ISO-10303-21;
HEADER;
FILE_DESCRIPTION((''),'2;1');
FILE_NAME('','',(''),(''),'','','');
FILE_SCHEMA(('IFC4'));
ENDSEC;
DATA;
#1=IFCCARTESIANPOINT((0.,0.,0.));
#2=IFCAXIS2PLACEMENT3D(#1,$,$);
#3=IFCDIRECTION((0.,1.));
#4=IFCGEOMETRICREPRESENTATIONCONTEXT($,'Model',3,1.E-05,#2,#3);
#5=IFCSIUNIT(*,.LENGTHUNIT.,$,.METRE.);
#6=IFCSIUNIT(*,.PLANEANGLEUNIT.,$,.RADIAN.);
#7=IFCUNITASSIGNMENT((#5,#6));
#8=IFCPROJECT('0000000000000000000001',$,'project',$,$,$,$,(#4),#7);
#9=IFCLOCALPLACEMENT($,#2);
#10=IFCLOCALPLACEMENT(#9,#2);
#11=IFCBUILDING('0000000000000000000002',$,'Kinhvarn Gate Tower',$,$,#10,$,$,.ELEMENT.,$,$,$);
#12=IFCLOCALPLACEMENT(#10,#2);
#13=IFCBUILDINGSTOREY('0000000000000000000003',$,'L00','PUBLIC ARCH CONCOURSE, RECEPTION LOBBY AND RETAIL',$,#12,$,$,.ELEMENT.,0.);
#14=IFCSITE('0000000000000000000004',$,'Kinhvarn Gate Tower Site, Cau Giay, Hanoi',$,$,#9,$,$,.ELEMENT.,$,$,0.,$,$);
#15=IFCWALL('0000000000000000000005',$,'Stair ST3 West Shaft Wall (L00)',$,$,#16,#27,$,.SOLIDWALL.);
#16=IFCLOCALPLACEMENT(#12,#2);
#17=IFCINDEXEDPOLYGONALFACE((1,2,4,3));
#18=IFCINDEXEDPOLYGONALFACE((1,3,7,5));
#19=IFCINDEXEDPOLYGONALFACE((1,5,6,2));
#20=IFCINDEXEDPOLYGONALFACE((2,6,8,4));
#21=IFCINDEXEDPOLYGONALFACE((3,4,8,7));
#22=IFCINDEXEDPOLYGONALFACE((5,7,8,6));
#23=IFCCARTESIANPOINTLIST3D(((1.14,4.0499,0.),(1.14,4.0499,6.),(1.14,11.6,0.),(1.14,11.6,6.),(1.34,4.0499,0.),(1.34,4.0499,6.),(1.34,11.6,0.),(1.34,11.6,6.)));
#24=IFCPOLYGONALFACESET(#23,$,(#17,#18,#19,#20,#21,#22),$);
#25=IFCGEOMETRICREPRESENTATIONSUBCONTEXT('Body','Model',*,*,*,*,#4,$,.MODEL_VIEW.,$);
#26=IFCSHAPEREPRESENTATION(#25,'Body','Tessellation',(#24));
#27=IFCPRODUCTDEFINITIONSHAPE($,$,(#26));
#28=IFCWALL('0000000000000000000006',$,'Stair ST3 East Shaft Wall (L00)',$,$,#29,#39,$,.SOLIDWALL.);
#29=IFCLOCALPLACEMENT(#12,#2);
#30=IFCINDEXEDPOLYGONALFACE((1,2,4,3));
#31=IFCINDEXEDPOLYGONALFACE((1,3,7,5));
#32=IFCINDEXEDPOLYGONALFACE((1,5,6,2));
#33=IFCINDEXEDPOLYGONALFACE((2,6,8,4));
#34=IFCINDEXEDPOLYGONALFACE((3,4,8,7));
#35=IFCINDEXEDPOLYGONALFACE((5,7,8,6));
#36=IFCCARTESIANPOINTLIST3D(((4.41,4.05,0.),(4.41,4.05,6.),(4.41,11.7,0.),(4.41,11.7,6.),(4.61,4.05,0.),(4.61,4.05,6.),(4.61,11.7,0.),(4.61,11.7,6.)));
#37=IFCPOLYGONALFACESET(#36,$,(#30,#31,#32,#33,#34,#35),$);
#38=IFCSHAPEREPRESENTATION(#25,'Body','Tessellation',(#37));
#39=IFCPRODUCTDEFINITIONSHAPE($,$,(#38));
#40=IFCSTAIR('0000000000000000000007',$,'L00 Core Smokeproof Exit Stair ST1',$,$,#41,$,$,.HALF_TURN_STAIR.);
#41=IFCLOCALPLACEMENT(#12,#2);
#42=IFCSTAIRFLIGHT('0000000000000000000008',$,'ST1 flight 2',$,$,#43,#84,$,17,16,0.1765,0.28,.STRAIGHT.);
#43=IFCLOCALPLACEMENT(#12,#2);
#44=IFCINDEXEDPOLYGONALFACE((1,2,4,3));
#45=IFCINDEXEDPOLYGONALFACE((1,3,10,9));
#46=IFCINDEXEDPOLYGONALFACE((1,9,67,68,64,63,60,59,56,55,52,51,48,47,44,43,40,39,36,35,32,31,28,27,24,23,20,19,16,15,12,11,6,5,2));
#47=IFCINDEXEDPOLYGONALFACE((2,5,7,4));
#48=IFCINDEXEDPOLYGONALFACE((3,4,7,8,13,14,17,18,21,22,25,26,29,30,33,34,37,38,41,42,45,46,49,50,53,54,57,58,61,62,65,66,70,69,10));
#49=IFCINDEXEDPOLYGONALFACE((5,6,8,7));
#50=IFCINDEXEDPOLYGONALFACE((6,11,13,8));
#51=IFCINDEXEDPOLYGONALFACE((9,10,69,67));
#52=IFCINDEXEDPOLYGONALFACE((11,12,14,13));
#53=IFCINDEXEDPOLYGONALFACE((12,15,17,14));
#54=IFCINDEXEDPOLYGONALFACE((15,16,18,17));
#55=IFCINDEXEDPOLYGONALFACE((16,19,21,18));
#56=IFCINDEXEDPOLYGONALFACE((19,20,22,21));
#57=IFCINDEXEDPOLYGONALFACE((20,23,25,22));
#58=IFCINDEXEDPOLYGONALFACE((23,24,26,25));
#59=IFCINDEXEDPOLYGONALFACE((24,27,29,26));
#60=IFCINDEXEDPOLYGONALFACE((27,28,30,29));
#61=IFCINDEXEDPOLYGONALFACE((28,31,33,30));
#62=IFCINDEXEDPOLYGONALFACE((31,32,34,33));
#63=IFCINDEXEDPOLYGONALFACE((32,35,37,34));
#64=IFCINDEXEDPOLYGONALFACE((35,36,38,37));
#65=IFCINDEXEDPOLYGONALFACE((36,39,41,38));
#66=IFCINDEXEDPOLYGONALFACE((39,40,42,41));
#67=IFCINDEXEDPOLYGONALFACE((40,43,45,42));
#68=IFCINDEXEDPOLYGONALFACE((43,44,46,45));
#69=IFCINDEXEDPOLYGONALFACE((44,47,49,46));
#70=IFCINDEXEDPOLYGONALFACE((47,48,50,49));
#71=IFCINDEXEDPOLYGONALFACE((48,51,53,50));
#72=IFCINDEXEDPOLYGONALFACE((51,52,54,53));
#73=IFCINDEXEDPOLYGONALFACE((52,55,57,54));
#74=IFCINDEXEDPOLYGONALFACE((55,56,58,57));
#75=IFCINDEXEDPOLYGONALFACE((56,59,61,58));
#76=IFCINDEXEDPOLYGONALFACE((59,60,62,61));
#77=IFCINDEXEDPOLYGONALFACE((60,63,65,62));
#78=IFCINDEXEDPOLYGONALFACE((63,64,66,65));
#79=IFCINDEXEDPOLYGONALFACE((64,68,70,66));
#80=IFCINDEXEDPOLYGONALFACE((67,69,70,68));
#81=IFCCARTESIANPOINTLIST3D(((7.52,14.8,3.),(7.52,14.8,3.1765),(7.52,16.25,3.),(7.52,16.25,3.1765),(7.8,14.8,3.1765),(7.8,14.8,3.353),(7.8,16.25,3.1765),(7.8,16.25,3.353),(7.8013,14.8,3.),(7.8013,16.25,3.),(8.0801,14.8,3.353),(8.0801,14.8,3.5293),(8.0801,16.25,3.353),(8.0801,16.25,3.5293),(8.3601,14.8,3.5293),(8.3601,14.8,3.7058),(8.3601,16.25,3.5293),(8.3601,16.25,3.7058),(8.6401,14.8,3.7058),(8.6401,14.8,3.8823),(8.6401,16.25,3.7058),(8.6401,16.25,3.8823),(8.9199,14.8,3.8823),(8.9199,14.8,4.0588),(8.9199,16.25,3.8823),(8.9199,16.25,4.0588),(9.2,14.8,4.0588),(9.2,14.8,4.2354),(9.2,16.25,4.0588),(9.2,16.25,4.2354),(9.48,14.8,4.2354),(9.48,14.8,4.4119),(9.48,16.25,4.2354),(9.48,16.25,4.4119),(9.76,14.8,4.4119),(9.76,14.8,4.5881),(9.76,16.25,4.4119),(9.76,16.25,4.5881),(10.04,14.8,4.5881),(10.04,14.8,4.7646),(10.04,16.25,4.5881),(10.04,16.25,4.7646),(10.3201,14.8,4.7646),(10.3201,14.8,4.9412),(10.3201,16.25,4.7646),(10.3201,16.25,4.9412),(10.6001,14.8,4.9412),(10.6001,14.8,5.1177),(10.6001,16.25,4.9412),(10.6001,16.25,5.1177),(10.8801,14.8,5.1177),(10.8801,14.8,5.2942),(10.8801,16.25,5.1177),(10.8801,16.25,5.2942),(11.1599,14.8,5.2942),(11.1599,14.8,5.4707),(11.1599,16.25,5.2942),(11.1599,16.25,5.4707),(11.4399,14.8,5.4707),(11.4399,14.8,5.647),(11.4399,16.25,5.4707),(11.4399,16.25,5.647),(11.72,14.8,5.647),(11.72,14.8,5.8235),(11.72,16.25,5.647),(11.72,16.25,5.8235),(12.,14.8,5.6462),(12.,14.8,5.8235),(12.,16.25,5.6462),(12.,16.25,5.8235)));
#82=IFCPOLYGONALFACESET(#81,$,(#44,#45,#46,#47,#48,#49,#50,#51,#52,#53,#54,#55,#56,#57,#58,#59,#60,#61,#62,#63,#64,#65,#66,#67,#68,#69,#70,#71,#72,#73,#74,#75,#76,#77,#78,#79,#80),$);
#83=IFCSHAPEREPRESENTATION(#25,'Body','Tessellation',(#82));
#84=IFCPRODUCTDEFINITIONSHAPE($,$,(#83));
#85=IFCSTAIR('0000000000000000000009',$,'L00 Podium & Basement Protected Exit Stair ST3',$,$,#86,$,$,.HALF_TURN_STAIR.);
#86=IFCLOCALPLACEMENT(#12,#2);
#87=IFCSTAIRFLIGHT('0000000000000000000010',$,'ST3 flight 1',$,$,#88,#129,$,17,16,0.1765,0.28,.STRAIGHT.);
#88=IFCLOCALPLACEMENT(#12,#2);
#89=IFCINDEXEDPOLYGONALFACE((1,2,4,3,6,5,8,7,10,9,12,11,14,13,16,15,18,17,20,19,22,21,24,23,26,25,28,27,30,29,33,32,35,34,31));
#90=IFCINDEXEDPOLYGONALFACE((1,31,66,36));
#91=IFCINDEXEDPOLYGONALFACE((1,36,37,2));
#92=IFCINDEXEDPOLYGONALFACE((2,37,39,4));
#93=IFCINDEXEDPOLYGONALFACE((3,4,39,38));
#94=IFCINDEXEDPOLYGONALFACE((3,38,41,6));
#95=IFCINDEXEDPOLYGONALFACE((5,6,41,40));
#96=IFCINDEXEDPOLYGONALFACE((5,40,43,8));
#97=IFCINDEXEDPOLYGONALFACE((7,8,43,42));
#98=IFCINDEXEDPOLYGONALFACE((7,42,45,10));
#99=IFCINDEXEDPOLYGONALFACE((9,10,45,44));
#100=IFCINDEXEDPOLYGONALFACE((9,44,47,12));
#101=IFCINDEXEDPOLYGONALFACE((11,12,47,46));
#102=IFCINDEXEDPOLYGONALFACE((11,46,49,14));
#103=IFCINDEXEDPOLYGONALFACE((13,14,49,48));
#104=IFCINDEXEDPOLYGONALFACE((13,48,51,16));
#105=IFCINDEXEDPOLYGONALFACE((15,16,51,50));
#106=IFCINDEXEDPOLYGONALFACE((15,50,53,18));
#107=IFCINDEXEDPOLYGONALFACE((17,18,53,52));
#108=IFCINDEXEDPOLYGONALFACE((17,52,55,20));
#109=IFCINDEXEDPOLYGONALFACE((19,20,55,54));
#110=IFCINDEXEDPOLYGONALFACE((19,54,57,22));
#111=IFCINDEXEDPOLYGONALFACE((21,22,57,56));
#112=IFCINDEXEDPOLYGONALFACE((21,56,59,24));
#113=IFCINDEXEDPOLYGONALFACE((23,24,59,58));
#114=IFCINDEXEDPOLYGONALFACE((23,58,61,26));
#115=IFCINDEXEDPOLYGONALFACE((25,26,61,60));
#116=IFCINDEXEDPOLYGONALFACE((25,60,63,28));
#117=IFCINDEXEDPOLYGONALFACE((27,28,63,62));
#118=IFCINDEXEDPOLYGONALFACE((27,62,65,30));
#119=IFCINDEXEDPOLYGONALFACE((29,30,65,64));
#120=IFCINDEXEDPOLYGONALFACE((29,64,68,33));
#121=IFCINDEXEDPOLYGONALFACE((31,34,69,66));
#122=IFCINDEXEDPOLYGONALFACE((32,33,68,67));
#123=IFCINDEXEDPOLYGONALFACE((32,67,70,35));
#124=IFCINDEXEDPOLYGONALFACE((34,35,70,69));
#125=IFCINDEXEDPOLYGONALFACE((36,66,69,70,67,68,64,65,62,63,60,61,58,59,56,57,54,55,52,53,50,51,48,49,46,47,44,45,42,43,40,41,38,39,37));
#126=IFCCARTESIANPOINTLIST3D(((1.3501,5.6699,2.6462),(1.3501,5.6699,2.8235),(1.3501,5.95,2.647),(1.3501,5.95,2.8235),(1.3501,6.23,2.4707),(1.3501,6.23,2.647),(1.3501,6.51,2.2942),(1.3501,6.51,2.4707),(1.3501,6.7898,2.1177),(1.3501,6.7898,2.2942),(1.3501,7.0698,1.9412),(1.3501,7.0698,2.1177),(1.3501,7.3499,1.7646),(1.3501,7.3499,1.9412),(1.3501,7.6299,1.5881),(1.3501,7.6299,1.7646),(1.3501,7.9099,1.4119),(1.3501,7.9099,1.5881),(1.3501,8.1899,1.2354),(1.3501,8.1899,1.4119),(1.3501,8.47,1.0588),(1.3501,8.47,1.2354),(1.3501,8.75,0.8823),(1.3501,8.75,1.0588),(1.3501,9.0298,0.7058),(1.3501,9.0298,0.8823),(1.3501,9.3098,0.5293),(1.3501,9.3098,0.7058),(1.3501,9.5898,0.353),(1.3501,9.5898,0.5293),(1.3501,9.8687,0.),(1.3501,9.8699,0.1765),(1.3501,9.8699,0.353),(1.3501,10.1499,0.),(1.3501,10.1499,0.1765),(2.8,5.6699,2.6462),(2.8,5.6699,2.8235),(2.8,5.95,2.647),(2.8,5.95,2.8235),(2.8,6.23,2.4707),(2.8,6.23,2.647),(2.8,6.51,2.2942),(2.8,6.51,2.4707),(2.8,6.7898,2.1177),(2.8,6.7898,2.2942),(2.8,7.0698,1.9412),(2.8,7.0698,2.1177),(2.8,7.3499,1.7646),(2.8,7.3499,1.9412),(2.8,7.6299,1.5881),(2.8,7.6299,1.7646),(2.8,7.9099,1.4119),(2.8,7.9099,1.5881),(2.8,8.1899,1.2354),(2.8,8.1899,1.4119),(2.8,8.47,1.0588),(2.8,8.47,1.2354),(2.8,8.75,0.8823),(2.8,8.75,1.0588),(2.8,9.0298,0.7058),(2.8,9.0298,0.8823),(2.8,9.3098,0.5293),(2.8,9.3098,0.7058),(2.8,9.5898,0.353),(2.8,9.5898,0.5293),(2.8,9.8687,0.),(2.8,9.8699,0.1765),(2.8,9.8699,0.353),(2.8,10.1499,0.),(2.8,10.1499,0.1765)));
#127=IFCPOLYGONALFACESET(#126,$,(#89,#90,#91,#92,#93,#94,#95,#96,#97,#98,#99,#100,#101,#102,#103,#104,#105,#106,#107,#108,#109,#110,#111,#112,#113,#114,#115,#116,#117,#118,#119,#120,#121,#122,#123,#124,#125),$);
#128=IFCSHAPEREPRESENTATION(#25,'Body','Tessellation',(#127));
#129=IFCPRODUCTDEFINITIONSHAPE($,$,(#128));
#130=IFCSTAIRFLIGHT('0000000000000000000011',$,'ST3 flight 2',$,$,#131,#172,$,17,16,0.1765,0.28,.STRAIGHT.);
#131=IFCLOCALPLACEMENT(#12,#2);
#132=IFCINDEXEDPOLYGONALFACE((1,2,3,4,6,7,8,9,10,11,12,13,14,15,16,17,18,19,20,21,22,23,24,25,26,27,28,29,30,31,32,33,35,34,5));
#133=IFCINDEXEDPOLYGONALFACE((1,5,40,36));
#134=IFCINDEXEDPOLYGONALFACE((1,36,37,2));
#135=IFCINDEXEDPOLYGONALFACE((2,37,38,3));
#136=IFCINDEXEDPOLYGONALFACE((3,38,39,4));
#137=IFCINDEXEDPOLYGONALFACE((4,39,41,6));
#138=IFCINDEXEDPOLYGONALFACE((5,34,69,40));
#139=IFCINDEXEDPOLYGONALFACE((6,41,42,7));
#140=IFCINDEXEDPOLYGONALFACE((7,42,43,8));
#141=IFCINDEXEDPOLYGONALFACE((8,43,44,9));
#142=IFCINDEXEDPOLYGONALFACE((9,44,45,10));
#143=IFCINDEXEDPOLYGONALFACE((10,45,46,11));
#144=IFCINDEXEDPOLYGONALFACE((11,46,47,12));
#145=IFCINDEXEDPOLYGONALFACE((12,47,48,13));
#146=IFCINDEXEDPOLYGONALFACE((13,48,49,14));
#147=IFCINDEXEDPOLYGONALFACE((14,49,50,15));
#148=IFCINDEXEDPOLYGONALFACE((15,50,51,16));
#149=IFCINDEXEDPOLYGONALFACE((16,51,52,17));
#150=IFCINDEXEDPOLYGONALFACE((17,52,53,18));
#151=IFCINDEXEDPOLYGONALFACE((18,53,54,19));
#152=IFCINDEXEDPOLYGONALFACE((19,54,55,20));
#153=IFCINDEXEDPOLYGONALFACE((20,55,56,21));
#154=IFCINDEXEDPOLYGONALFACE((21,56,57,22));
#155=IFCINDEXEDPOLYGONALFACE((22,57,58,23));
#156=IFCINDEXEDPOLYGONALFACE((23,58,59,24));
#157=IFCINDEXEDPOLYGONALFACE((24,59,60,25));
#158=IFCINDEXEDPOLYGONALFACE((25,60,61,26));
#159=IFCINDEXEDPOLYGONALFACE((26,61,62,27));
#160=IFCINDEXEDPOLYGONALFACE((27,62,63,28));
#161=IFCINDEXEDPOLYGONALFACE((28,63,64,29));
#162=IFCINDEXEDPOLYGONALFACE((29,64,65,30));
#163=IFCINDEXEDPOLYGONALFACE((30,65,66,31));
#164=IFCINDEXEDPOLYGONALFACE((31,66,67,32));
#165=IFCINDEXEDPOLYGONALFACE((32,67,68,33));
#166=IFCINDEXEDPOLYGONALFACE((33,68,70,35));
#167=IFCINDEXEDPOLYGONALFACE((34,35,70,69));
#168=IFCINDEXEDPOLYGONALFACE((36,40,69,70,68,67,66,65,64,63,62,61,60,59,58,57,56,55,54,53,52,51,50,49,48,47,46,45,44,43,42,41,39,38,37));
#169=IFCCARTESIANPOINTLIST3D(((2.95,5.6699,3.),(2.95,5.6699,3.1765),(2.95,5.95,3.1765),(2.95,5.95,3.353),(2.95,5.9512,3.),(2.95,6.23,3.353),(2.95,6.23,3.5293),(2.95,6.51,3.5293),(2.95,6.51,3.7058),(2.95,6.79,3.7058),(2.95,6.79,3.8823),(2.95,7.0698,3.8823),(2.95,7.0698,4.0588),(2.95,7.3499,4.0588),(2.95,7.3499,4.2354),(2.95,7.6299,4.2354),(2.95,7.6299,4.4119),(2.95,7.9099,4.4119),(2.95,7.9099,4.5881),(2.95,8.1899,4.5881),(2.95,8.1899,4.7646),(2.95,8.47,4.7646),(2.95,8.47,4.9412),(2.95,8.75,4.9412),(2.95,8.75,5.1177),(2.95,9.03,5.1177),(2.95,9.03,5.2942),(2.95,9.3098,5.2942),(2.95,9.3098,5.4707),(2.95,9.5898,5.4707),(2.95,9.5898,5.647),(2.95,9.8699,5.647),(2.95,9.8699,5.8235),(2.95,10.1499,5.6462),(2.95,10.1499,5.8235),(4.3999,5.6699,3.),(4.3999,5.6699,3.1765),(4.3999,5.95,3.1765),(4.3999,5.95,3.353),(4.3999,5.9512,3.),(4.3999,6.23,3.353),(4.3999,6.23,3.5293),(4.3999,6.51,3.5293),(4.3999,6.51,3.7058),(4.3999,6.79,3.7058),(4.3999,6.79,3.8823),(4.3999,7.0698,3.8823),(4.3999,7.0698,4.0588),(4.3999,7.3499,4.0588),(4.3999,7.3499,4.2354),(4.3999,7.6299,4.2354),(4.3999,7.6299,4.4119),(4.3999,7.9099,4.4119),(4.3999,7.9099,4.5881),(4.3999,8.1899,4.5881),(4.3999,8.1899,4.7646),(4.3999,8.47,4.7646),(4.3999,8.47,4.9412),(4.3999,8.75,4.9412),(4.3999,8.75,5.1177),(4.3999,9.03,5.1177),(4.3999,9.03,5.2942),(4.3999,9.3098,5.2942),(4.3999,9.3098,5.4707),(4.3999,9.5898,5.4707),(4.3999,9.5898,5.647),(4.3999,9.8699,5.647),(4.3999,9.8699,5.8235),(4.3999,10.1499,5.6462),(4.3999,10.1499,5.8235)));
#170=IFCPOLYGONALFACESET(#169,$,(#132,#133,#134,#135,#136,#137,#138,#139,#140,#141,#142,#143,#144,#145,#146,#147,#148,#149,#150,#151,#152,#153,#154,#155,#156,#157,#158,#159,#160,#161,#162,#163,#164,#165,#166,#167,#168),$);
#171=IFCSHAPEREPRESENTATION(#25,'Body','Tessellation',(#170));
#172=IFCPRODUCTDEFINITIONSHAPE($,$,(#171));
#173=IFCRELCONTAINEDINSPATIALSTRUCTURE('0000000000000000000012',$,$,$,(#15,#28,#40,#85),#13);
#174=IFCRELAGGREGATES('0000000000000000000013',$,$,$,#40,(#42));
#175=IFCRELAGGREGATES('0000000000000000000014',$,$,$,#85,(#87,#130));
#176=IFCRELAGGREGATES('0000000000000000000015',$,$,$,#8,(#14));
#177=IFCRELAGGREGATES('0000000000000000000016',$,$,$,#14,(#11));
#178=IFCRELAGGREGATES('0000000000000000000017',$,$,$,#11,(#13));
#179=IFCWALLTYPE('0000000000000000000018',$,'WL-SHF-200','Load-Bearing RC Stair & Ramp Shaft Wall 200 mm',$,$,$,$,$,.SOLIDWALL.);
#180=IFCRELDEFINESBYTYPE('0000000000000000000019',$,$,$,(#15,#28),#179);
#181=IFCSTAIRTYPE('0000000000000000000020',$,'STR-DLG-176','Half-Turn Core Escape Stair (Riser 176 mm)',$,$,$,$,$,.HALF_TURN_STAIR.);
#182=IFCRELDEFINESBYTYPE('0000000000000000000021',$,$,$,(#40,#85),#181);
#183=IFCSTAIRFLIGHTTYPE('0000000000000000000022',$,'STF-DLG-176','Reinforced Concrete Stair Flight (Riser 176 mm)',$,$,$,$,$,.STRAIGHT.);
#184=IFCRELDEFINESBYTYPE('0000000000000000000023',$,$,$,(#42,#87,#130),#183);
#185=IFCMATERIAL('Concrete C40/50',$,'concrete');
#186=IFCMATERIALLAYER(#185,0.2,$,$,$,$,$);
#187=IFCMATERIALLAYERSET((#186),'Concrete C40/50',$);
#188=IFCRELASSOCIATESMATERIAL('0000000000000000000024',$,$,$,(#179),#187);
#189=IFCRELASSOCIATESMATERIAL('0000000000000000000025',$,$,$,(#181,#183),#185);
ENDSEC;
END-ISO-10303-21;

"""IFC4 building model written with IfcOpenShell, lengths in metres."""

from ifc_helpers import new_model, si_unit, direction, frame, frame_2d, origin, place, context, subcontext, project, spatial, polyline, rectangle, outline, extrude, material, layer, layer_set, type_object, element, aggregate, save


model = new_model("IFC4")

# Units and contexts
model_context = context("Model", 3, precision=1e-05, world=origin(), true_north=direction((0.0, 1.0)))
body_context = subcontext(model_context, "Body", "Model", "MODEL_VIEW")
ifc_project = project(units=[si_unit("LENGTHUNIT", "METRE"), si_unit("PLANEANGLEUNIT", "RADIAN")], contexts=[model_context])

# Site, building, storey
site_placement = place(None, origin())
site = spatial("IfcSite", under=ifc_project, at=site_placement, Name="Kinhvarn Gate Tower Site, Cau Giay, Hanoi", CompositionType="ELEMENT", RefElevation=0.0)
building_placement = place(site_placement, origin())
building = spatial("IfcBuilding", under=site, at=building_placement, Name="Kinhvarn Gate Tower", CompositionType="ELEMENT")
storey_placement = place(building_placement, origin())
storey = spatial("IfcBuildingStorey", under=building, at=storey_placement, Name="L00", Description="PUBLIC ARCH CONCOURSE, RECEPTION LOBBY AND RETAIL", CompositionType="ELEMENT", Elevation=0.0)

# Walls
ifc_material_1 = material(Name="Concrete C40/50", Category="concrete")
ifc_layer_1 = layer(ifc_material_1, 0.2)
ifc_layer_set_1 = layer_set([ifc_layer_1], Name="Concrete C40/50")
wall_type_1 = type_object("IfcWallType", Name="WL-SHF-200", Description="Load-Bearing RC Stair & Ramp Shaft Wall 200 mm", PredefinedType="SOLIDWALL", material=ifc_layer_set_1)
wall_1_placement = place(storey_placement, frame((1.24, 4.05, 0.0), z_axis=(0.0, 0.0, 1.0), x_axis=(0.0, 1.0, 0.0)))
element("IfcWall", 1, at=wall_1_placement, inside=storey, type_object=wall_type_1, Name="Stair ST3 West Shaft Wall (L00)", PredefinedType="SOLIDWALL", context=body_context, shape_type="SweptSolid", body=[
    extrude(rectangle(XDim=7.55, YDim=0.2, at=frame_2d((3.7749, 0.0))), origin(), (0.0, 0.0, 1.0), 6.0),
])
wall_2_placement = place(storey_placement, frame((4.51, 4.05, 0.0), z_axis=(0.0, 0.0, 1.0), x_axis=(0.0, 1.0, 0.0)))
element("IfcWall", 2, at=wall_2_placement, inside=storey, type_object=wall_type_1, Name="Stair ST3 East Shaft Wall (L00)", PredefinedType="SOLIDWALL", context=body_context, shape_type="SweptSolid", body=[
    extrude(rectangle(XDim=7.6499, YDim=0.2, at=frame_2d((3.825, 0.0))), origin(), (0.0, 0.0, 1.0), 6.0),
])

# Stair, stair flight
stair_type = type_object("IfcStairType", Name="STR-DLG-176", Description="Half-Turn Core Escape Stair (Riser 176 mm)", PredefinedType="HALF_TURN_STAIR", material=ifc_material_1)
stair_1_placement = place(storey_placement, origin())
stair_1 = element("IfcStair", 3, at=stair_1_placement, inside=storey, type_object=stair_type, Name="L00 Core Smokeproof Exit Stair ST1", PredefinedType="HALF_TURN_STAIR")
stair_flight_type = type_object("IfcStairFlightType", Name="STF-DLG-176", Description="Reinforced Concrete Stair Flight (Riser 176 mm)", PredefinedType="STRAIGHT", material=ifc_material_1)
stair_flight_1_placement = place(storey_placement, frame((7.52, 15.5249, 3.0), z_axis=(0.0, 0.0, 1.0), x_axis=(1.0, 0.0, 0.0)))
stair_flight_1 = element("IfcStairFlight", 4, at=stair_flight_1_placement, type_object=stair_flight_type, Name="ST1 flight 2", NumberOfRisers=17, NumberOfTreads=16, PredefinedType="STRAIGHT", RiserHeight=0.1765, TreadLength=0.28, context=body_context, shape_type="SweptSolid", body=[
    extrude(outline(polyline([(0.0, 0.0), (0.0, 0.1765), (0.28, 0.1765), (0.28, 0.353), (0.5601, 0.353), (0.5601, 0.5293), (0.8401, 0.5293), (0.8401, 0.7058), (1.1201, 0.7058), (1.1201, 0.8823), (1.3999, 0.8823), (1.3999, 1.0588), (1.6799, 1.0588), (1.6799, 1.2354), (1.96, 1.2354), (1.96, 1.4119), (2.24, 1.4119), (2.24, 1.5881), (2.52, 1.5881), (2.52, 1.7646), (2.8, 1.7646), (2.8, 1.9412), (3.0801, 1.9412), (3.0801, 2.1177), (3.3601, 2.1177), (3.3601, 2.2942), (3.6399, 2.2942), (3.6399, 2.4707), (3.9199, 2.4707), (3.9199, 2.647), (4.2, 2.647), (4.2, 2.8235), (4.48, 2.8235), (4.48, 3.0), (4.48, 2.6462), (0.2812, 0.0), (0.0, 0.0)])), frame((0.0, 0.7251, 0.0), z_axis=(0.0, -1.0, 0.0), x_axis=(1.0, 0.0, 0.0)), (0.0, 0.0, 1.0), 1.45),
])
aggregate(stair_1, [stair_flight_1])

# Stair, stair flights
stair_2_placement = place(storey_placement, origin())
stair_2 = element("IfcStair", 5, at=stair_2_placement, inside=storey, type_object=stair_type, Name="L00 Podium & Basement Protected Exit Stair ST3", PredefinedType="HALF_TURN_STAIR")
stair_flight_2_placement = place(storey_placement, frame((2.075, 10.1499, 0.0), z_axis=(0.0, 0.0, 1.0), x_axis=(0.0, -1.0, 0.0)))
stair_flight_2 = element("IfcStairFlight", 6, at=stair_flight_2_placement, type_object=stair_flight_type, Name="ST3 flight 1", NumberOfRisers=17, NumberOfTreads=16, PredefinedType="STRAIGHT", RiserHeight=0.1765, TreadLength=0.28, context=body_context, shape_type="SweptSolid", body=[
    extrude(outline(polyline([(0.0, 0.0), (0.0, 0.1765), (0.28, 0.1765), (0.28, 0.353), (0.5601, 0.353), (0.5601, 0.5293), (0.8401, 0.5293), (0.8401, 0.7058), (1.1201, 0.7058), (1.1201, 0.8823), (1.3999, 0.8823), (1.3999, 1.0588), (1.6799, 1.0588), (1.6799, 1.2354), (1.96, 1.2354), (1.96, 1.4119), (2.24, 1.4119), (2.24, 1.5881), (2.52, 1.5881), (2.52, 1.7646), (2.8, 1.7646), (2.8, 1.9412), (3.0801, 1.9412), (3.0801, 2.1177), (3.3601, 2.1177), (3.3601, 2.2942), (3.6399, 2.2942), (3.6399, 2.4707), (3.9199, 2.4707), (3.9199, 2.647), (4.2, 2.647), (4.2, 2.8235), (4.48, 2.8235), (4.48, 3.0), (4.48, 2.6462), (0.2812, 0.0), (0.0, 0.0)])), frame((0.0, 0.7251, 0.0), z_axis=(0.0, -1.0, 0.0), x_axis=(1.0, 0.0, 0.0)), (0.0, 0.0, 1.0), 1.45),
])
stair_flight_3_placement = place(storey_placement, frame((3.675, 5.6699, 3.0), z_axis=(0.0, 0.0, 1.0), x_axis=(0.0, 1.0, 0.0)))
stair_flight_3 = element("IfcStairFlight", 7, at=stair_flight_3_placement, type_object=stair_flight_type, Name="ST3 flight 2", NumberOfRisers=17, NumberOfTreads=16, PredefinedType="STRAIGHT", RiserHeight=0.1765, TreadLength=0.28, context=body_context, shape_type="SweptSolid", body=[
    extrude(outline(polyline([(0.0, 0.0), (0.0, 0.1765), (0.28, 0.1765), (0.28, 0.353), (0.5601, 0.353), (0.5601, 0.5293), (0.8401, 0.5293), (0.8401, 0.7058), (1.1201, 0.7058), (1.1201, 0.8823), (1.3999, 0.8823), (1.3999, 1.0588), (1.6799, 1.0588), (1.6799, 1.2354), (1.96, 1.2354), (1.96, 1.4119), (2.24, 1.4119), (2.24, 1.5881), (2.52, 1.5881), (2.52, 1.7646), (2.8, 1.7646), (2.8, 1.9412), (3.0801, 1.9412), (3.0801, 2.1177), (3.3601, 2.1177), (3.3601, 2.2942), (3.6399, 2.2942), (3.6399, 2.4707), (3.9199, 2.4707), (3.9199, 2.647), (4.2, 2.647), (4.2, 2.8235), (4.48, 2.8235), (4.48, 3.0), (4.48, 2.6462), (0.2812, 0.0), (0.0, 0.0)])), frame((0.0, 0.7251, 0.0), z_axis=(0.0, -1.0, 0.0), x_axis=(1.0, 0.0, 0.0)), (0.0, 0.0, 1.0), 1.45),
])
aggregate(stair_2, [stair_flight_2, stair_flight_3])

save(model, "model.ifc")
